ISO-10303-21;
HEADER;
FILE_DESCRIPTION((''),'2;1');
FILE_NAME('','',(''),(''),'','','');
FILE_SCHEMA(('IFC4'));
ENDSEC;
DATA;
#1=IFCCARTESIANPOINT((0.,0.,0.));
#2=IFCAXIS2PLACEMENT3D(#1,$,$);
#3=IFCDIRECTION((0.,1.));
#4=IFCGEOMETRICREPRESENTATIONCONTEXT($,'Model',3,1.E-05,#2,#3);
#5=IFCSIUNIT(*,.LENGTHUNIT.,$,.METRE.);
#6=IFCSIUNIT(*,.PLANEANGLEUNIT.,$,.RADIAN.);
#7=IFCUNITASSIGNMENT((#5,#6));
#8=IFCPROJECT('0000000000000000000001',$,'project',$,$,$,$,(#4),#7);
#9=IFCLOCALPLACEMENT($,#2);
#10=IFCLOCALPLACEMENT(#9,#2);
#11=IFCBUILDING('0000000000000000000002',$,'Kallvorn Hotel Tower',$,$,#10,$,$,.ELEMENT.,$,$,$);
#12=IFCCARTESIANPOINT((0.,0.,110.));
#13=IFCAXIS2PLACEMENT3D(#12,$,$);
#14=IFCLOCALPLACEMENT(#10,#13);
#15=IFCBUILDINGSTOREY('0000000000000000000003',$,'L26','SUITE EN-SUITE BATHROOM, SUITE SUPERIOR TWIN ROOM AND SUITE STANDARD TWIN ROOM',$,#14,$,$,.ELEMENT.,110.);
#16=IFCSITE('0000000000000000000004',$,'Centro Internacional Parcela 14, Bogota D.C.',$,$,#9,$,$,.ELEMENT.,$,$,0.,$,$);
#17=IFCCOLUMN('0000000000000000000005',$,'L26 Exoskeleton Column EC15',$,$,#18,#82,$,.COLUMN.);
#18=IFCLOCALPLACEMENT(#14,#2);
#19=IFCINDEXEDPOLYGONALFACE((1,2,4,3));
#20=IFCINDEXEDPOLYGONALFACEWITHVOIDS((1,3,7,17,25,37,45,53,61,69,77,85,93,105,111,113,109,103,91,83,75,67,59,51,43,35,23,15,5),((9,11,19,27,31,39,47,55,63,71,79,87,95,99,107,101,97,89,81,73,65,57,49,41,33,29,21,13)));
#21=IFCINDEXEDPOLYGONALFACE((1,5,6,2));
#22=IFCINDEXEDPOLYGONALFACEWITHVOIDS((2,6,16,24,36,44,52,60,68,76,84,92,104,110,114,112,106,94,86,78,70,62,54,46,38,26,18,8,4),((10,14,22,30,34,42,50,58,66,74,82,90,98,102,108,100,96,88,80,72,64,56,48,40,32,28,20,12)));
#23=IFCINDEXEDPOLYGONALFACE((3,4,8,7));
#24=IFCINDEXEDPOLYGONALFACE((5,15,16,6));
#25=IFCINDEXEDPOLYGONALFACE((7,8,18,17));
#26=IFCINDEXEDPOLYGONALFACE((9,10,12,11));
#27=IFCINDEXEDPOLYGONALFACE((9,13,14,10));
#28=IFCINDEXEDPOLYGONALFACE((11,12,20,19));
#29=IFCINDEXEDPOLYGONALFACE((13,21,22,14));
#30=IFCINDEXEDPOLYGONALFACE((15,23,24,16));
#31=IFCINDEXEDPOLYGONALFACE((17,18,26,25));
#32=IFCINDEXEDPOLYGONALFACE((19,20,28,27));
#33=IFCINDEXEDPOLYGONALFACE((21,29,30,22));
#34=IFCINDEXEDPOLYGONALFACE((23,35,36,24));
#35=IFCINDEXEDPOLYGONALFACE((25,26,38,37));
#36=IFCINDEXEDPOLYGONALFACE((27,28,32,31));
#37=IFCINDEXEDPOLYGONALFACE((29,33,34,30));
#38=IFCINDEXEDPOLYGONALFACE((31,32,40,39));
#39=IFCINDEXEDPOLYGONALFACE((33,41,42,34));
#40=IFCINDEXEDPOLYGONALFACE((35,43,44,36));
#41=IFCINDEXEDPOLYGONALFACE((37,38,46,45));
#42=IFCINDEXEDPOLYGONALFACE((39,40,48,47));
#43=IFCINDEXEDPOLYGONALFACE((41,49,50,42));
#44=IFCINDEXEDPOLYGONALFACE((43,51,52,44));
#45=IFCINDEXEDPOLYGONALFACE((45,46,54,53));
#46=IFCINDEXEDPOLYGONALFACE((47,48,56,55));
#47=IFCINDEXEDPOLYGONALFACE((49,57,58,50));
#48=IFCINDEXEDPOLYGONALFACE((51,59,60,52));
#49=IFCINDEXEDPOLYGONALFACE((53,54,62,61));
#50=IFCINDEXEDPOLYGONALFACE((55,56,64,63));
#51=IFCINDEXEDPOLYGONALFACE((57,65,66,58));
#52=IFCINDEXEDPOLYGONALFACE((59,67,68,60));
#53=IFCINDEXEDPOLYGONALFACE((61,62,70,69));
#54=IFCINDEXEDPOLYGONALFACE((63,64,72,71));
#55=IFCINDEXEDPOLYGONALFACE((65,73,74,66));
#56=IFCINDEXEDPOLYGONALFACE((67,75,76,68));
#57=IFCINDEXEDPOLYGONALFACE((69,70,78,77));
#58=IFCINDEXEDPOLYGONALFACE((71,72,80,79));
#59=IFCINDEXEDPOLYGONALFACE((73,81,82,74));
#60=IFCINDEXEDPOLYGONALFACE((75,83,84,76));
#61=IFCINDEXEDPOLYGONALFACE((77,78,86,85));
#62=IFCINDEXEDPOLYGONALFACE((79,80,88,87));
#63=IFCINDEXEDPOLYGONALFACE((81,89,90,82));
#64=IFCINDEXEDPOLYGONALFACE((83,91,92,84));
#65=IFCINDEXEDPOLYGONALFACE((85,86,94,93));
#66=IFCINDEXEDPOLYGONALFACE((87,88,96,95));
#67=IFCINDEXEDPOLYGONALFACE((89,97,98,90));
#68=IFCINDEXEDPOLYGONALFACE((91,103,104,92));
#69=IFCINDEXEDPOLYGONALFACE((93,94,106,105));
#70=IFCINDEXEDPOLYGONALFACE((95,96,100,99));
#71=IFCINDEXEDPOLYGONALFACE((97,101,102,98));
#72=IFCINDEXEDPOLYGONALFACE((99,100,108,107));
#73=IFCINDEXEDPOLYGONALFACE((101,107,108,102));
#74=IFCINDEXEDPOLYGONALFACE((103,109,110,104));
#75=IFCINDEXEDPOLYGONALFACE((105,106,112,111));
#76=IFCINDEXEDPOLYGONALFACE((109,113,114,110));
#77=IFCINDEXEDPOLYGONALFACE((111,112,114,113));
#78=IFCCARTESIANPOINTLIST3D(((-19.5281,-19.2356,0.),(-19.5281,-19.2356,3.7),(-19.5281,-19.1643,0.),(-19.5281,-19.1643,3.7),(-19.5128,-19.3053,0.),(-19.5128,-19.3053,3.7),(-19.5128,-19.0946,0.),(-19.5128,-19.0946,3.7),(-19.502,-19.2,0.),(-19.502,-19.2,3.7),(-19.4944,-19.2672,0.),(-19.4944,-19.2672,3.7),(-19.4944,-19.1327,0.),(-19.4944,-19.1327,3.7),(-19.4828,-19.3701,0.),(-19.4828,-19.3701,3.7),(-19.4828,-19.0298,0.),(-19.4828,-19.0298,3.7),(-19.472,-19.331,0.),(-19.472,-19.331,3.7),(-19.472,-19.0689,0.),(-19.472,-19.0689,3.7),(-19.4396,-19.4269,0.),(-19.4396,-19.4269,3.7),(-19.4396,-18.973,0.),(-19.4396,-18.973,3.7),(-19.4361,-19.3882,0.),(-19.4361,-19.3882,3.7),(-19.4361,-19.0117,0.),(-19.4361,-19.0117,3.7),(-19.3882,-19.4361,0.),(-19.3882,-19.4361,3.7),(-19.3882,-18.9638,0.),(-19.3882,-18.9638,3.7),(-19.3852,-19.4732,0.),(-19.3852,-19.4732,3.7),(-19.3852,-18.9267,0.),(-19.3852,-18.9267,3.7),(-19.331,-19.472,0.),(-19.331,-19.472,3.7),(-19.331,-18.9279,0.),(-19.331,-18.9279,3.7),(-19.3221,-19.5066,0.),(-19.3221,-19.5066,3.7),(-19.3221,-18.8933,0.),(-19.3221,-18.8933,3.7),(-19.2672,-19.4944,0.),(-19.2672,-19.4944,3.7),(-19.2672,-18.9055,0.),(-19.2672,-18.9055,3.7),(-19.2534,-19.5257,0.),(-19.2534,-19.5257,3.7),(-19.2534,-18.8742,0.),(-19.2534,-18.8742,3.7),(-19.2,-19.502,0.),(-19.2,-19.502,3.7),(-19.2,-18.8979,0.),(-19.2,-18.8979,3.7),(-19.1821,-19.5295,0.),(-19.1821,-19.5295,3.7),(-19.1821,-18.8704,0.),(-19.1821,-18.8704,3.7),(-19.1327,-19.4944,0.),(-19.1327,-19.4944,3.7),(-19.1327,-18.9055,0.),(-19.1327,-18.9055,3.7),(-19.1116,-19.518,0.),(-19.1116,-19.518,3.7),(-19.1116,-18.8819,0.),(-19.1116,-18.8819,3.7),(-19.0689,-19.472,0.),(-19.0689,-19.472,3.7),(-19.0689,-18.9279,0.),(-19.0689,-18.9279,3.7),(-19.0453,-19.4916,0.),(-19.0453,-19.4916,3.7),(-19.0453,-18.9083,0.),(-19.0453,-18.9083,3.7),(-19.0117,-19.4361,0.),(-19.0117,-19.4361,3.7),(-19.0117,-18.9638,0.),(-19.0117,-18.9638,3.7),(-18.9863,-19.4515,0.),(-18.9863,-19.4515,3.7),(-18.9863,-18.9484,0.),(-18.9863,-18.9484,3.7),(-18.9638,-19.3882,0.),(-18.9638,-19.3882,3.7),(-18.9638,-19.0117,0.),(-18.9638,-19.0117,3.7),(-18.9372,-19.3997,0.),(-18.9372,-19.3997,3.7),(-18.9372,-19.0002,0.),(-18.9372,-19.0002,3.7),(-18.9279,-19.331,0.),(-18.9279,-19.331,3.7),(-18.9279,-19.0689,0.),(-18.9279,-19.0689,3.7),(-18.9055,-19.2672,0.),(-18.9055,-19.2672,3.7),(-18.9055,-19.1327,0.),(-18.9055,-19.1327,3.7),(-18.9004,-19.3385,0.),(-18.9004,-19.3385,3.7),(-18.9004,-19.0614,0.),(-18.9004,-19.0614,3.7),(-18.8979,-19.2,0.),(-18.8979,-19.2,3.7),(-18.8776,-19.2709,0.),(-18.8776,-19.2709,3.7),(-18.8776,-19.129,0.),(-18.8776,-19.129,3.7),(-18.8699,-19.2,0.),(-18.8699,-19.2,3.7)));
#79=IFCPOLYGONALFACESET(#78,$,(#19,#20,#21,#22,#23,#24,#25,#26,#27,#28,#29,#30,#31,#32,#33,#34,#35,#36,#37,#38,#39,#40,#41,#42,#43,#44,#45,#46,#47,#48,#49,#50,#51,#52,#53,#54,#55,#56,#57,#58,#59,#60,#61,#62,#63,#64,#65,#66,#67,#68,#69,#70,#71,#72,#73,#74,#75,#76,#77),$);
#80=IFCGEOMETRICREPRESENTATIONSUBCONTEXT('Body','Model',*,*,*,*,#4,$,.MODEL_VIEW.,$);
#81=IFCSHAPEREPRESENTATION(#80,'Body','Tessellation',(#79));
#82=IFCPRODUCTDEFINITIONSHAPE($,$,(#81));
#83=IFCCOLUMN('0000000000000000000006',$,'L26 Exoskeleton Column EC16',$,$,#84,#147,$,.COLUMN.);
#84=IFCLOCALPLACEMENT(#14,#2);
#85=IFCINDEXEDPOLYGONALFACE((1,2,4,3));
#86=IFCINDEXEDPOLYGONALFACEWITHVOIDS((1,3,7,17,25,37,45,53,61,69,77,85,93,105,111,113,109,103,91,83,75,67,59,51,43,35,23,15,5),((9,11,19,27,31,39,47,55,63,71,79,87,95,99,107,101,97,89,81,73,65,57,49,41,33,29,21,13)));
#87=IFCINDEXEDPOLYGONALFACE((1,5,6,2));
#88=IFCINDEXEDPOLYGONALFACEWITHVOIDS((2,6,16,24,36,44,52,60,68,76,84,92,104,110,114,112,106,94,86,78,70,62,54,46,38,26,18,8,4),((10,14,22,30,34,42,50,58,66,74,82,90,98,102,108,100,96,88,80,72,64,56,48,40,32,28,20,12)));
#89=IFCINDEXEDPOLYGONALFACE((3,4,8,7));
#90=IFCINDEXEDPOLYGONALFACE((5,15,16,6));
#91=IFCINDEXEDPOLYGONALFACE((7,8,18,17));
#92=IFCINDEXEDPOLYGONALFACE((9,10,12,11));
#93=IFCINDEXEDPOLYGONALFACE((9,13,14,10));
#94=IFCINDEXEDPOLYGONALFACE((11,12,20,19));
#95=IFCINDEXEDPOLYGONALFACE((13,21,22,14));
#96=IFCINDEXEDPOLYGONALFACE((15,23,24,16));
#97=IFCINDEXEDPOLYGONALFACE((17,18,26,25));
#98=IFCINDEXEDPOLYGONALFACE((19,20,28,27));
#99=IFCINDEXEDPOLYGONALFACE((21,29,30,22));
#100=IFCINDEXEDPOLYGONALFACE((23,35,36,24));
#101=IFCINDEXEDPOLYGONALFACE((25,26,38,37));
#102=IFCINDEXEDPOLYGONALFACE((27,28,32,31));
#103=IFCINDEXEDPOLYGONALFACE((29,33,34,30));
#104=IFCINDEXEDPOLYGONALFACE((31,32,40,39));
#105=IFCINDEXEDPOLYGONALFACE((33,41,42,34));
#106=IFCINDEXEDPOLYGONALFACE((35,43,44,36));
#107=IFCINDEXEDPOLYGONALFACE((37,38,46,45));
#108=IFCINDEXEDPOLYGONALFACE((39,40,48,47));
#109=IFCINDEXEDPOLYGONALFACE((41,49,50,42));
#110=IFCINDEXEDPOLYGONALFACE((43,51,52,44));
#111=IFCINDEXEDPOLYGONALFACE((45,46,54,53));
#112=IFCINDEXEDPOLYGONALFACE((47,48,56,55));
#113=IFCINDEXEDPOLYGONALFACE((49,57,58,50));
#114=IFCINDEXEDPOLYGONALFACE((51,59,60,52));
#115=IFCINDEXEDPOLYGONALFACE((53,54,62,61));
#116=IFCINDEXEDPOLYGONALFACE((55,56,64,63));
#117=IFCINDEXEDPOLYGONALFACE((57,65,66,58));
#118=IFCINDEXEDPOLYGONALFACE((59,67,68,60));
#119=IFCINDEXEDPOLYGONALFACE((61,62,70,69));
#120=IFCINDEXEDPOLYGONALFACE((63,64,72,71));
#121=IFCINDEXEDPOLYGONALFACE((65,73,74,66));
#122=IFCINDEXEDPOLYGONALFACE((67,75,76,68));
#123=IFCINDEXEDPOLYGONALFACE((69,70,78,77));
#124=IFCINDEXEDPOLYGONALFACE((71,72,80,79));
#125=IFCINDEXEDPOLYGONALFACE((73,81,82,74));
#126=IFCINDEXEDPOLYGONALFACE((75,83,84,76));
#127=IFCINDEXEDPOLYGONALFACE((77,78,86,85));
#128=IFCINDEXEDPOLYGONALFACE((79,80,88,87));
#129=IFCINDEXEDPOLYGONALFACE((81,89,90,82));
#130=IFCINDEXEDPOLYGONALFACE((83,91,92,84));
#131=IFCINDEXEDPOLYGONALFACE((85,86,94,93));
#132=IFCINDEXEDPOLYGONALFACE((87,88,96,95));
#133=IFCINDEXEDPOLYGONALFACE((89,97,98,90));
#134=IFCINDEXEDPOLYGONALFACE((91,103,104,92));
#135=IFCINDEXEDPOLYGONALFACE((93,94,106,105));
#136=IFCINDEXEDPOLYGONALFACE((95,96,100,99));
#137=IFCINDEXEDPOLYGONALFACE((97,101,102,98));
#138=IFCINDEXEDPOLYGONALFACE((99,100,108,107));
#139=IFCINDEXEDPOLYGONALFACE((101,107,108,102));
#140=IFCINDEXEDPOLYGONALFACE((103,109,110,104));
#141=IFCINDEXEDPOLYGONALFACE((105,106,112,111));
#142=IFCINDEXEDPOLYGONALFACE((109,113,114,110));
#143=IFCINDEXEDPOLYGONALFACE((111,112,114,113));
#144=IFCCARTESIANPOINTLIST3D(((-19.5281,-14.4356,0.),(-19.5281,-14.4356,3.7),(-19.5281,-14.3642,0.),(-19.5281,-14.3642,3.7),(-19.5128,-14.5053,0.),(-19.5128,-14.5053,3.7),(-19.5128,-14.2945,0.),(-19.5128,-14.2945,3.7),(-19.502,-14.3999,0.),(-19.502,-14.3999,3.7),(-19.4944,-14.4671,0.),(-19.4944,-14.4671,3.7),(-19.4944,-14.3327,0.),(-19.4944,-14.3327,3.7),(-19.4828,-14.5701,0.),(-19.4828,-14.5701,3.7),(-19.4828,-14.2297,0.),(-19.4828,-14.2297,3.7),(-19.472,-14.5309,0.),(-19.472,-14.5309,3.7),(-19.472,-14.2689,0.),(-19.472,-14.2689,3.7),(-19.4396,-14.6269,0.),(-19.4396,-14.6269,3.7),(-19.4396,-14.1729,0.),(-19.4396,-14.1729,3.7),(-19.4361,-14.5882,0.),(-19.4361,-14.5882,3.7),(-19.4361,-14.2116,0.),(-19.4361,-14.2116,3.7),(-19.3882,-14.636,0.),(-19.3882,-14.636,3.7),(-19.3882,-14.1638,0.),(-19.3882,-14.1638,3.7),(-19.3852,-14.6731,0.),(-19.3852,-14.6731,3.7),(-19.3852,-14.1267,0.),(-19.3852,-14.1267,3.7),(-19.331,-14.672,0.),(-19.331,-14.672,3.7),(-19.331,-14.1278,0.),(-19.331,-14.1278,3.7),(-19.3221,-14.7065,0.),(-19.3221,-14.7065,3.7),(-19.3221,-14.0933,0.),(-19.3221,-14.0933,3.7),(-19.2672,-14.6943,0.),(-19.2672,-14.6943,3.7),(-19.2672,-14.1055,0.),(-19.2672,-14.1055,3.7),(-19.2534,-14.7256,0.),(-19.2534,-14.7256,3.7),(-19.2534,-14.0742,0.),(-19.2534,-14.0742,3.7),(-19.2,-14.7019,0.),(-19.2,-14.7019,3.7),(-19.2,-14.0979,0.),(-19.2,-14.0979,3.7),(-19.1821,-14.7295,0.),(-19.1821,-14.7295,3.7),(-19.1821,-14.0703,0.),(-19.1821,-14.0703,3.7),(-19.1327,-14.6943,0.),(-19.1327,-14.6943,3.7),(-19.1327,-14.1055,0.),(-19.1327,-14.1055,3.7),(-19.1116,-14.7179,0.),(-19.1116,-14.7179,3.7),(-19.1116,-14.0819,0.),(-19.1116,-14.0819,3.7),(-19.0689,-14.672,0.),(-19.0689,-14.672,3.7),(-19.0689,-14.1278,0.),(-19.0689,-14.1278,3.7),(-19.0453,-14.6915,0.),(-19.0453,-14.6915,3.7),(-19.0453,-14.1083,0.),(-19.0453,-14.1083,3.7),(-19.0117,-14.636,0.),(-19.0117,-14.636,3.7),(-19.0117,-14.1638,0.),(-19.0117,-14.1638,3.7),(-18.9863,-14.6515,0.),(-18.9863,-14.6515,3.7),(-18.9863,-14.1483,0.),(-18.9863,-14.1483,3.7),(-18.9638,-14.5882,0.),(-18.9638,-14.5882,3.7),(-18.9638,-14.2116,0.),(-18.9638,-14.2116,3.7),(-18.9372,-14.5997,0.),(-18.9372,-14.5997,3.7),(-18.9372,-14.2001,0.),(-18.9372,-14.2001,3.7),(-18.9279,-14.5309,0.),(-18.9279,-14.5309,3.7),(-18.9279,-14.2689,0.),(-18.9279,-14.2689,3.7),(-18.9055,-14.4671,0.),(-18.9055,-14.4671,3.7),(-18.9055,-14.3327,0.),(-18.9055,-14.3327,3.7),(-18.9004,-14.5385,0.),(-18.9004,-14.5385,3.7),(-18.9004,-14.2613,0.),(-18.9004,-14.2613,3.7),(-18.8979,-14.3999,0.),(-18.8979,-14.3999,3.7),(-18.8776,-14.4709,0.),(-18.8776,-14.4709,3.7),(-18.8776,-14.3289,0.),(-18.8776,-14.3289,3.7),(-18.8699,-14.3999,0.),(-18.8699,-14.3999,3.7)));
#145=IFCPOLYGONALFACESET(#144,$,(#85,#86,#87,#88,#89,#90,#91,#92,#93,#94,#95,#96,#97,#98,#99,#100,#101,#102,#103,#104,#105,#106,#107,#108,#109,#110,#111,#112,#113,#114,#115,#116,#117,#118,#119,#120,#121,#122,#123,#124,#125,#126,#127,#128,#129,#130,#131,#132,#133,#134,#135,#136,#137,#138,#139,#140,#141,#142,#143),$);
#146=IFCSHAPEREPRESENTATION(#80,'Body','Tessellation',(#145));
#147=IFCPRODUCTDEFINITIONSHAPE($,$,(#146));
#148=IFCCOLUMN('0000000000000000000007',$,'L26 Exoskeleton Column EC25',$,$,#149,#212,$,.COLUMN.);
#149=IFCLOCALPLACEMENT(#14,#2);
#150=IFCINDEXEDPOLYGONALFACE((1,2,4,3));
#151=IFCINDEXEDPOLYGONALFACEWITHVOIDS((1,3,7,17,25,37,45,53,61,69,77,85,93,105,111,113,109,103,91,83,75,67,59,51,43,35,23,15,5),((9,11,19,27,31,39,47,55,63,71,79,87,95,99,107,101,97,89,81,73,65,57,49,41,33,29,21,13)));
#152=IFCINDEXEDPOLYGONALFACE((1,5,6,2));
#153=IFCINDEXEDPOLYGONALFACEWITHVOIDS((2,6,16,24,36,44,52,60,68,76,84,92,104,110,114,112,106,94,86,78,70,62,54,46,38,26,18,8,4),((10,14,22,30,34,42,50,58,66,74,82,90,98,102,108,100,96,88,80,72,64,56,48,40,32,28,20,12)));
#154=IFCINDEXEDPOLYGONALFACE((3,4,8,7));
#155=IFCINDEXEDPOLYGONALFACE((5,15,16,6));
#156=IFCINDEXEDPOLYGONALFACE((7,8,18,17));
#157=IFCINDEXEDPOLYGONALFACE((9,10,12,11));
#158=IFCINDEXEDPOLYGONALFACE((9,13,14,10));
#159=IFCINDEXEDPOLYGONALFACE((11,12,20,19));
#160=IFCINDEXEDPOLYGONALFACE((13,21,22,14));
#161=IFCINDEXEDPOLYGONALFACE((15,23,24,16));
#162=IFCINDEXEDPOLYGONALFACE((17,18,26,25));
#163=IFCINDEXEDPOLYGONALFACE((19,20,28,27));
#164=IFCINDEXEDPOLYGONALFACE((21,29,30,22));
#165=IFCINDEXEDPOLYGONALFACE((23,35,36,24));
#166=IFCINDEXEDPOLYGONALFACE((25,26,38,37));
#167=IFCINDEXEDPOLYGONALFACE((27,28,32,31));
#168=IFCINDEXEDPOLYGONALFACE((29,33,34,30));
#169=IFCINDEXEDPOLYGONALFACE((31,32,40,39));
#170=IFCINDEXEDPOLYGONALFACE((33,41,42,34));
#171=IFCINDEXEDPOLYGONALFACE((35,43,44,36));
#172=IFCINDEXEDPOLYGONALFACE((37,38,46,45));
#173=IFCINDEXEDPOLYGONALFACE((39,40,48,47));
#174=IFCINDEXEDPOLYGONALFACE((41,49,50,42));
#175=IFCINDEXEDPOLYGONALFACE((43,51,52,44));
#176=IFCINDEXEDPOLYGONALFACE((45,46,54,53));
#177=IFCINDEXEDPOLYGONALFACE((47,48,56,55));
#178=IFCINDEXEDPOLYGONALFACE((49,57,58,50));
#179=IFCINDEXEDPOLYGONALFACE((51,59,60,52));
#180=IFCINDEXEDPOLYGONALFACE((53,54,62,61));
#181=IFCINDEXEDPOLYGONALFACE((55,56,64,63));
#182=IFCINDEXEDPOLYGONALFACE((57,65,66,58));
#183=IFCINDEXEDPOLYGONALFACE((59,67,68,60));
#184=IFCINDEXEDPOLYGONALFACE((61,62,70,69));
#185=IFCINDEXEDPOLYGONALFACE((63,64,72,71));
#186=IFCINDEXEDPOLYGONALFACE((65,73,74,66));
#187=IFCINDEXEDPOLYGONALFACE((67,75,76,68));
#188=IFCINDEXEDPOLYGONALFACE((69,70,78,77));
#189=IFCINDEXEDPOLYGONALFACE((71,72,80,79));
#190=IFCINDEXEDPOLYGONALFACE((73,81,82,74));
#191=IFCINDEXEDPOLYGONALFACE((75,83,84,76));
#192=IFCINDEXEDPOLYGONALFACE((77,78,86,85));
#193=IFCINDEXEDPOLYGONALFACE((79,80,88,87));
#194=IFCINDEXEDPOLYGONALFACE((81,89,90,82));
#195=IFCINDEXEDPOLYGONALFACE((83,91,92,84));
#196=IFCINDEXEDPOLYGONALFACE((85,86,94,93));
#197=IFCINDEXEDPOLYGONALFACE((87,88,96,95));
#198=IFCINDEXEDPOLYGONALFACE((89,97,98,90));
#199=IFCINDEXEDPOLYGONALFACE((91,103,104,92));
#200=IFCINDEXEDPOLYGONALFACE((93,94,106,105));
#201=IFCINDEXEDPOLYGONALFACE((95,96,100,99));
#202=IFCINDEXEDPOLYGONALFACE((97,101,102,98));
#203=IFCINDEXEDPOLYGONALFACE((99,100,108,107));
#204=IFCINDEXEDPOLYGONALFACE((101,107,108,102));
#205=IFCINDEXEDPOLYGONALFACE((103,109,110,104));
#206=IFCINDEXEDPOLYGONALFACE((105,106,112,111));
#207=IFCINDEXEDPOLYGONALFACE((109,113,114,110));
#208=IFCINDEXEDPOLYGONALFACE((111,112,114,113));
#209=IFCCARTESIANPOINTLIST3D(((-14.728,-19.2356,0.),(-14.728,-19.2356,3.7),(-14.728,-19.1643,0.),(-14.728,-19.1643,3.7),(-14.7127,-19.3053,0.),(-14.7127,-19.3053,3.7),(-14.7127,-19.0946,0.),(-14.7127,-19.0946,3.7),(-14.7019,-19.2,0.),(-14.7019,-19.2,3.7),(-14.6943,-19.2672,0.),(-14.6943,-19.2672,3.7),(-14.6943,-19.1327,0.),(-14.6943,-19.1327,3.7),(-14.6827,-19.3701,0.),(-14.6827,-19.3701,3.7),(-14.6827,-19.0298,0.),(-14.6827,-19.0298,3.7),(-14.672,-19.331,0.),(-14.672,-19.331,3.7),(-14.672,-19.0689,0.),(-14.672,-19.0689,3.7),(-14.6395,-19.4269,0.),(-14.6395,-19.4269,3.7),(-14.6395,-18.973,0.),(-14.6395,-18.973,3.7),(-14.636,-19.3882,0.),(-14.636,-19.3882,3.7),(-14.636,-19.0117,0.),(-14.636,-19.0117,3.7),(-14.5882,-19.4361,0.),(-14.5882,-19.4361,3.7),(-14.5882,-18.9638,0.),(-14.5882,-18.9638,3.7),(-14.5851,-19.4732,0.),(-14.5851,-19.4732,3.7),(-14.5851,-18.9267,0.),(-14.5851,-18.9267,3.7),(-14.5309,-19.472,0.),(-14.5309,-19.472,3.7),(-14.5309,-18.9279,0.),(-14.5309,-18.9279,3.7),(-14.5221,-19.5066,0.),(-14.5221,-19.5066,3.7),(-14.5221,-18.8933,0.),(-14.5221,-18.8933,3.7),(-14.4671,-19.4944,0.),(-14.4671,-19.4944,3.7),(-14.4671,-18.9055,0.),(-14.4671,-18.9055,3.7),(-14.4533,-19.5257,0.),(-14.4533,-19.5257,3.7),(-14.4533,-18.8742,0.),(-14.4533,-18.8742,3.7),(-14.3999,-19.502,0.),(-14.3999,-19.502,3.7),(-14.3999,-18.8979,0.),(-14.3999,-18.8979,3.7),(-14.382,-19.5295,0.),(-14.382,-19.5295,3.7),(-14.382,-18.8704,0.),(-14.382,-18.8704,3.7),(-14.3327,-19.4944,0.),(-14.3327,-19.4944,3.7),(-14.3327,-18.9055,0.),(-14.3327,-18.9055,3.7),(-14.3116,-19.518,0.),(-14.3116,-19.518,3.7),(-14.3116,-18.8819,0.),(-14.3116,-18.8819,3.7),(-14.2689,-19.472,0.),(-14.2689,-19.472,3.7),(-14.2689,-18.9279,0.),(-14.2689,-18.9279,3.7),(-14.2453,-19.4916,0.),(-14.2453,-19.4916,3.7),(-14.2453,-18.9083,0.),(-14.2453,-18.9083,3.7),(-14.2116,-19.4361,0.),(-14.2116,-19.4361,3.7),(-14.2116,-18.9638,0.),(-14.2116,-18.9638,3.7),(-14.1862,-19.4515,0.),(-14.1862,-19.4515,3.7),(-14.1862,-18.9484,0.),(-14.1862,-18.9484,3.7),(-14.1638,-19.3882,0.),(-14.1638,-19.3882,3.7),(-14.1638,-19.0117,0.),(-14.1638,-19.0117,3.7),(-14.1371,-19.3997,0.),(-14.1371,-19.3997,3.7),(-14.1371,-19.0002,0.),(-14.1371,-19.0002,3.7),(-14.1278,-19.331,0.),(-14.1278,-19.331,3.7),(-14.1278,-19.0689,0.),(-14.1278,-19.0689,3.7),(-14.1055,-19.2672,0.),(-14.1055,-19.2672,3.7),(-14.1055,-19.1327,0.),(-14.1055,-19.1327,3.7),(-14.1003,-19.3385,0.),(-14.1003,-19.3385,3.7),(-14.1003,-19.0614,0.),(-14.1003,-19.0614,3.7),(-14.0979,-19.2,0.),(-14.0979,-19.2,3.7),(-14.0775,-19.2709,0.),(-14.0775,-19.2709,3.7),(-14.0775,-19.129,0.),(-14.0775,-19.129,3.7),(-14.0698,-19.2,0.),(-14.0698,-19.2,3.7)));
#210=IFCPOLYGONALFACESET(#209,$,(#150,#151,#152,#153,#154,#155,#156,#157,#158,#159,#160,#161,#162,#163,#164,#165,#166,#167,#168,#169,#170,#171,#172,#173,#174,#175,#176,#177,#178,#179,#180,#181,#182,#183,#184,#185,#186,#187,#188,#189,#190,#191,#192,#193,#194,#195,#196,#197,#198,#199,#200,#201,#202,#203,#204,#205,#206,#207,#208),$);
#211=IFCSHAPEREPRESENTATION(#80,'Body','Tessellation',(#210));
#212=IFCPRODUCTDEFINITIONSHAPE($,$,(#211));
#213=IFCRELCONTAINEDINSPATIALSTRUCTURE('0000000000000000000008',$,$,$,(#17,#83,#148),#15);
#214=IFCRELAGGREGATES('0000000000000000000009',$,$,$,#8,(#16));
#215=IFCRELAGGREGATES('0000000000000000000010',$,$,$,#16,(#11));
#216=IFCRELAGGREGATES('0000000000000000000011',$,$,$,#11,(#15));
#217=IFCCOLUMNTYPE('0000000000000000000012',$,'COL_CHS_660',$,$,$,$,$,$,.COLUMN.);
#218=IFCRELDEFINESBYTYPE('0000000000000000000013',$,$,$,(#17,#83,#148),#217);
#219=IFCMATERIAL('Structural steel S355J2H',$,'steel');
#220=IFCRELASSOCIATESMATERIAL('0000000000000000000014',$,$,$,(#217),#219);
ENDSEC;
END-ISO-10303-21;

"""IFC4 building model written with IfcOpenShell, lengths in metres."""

from ifc_helpers import new_model, si_unit, direction, frame, origin, origin_2d, place, context, subcontext, project, spatial, hollow_circle, extrude, material, material_profile, profile_set, type_object, element, save


model = new_model("IFC4")

# Units and contexts
model_context = context("Model", 3, precision=1e-05, world=origin(), true_north=direction((0.0, 1.0)))
body_context = subcontext(model_context, "Body", "Model", "MODEL_VIEW")
ifc_project = project(units=[si_unit("LENGTHUNIT", "METRE"), si_unit("PLANEANGLEUNIT", "RADIAN")], contexts=[model_context])

# Site, building, storey
site_placement = place(None, origin())
site = spatial("IfcSite", under=ifc_project, at=site_placement, Name="Centro Internacional Parcela 14, Bogota D.C.", CompositionType="ELEMENT", RefElevation=0.0)
building_placement = place(site_placement, origin())
building = spatial("IfcBuilding", under=site, at=building_placement, Name="Kallvorn Hotel Tower", CompositionType="ELEMENT")
storey_placement = place(building_placement, frame((0.0, 0.0, 110.0)))
storey = spatial("IfcBuildingStorey", under=building, at=storey_placement, Name="L26", Description="SUITE EN-SUITE BATHROOM, SUITE SUPERIOR TWIN ROOM AND SUITE STANDARD TWIN ROOM", CompositionType="ELEMENT", Elevation=110.0)

# Columns
ifc_material_1 = material(Name="Structural steel S355J2H", Category="steel")
ifc_material_profile_1 = material_profile(ifc_material_1, hollow_circle(Radius=0.3301, WallThickness=0.0281, at=origin_2d()), Name="CHS 660x28")
ifc_profile_set_1 = profile_set([ifc_material_profile_1], Name="Structural steel S355J2H")
column_type_1 = type_object("IfcColumnType", Name="COL_CHS_660", PredefinedType="COLUMN", material=ifc_profile_set_1)
for number, where, z_axis, x_axis, name in (
    (1, (-19.2, -19.2, 0.0), (0.0, 0.0, 1.0), (1.0, 0.0, 0.0), "L26 Exoskeleton Column EC15"),
    (2, (-19.2, -14.3999, 0.0), (0.0, 0.0, 1.0), (1.0, 0.0, 0.0), "L26 Exoskeleton Column EC16"),
    (3, (-14.3999, -19.2, 0.0), (0.0, 0.0, 1.0), (1.0, 0.0, 0.0), "L26 Exoskeleton Column EC25"),
):
    element("IfcColumn", number, at=place(storey_placement, frame(where, z_axis=z_axis, x_axis=x_axis)), inside=storey, type_object=column_type_1, Name=name, PredefinedType="COLUMN", context=body_context, shape_type="SweptSolid", body=[
        extrude(hollow_circle(Radius=0.3301, WallThickness=0.0281, at=origin_2d()), origin(), (0.0, 0.0, 1.0), 3.7),
    ])

save(model, "model.ifc")
